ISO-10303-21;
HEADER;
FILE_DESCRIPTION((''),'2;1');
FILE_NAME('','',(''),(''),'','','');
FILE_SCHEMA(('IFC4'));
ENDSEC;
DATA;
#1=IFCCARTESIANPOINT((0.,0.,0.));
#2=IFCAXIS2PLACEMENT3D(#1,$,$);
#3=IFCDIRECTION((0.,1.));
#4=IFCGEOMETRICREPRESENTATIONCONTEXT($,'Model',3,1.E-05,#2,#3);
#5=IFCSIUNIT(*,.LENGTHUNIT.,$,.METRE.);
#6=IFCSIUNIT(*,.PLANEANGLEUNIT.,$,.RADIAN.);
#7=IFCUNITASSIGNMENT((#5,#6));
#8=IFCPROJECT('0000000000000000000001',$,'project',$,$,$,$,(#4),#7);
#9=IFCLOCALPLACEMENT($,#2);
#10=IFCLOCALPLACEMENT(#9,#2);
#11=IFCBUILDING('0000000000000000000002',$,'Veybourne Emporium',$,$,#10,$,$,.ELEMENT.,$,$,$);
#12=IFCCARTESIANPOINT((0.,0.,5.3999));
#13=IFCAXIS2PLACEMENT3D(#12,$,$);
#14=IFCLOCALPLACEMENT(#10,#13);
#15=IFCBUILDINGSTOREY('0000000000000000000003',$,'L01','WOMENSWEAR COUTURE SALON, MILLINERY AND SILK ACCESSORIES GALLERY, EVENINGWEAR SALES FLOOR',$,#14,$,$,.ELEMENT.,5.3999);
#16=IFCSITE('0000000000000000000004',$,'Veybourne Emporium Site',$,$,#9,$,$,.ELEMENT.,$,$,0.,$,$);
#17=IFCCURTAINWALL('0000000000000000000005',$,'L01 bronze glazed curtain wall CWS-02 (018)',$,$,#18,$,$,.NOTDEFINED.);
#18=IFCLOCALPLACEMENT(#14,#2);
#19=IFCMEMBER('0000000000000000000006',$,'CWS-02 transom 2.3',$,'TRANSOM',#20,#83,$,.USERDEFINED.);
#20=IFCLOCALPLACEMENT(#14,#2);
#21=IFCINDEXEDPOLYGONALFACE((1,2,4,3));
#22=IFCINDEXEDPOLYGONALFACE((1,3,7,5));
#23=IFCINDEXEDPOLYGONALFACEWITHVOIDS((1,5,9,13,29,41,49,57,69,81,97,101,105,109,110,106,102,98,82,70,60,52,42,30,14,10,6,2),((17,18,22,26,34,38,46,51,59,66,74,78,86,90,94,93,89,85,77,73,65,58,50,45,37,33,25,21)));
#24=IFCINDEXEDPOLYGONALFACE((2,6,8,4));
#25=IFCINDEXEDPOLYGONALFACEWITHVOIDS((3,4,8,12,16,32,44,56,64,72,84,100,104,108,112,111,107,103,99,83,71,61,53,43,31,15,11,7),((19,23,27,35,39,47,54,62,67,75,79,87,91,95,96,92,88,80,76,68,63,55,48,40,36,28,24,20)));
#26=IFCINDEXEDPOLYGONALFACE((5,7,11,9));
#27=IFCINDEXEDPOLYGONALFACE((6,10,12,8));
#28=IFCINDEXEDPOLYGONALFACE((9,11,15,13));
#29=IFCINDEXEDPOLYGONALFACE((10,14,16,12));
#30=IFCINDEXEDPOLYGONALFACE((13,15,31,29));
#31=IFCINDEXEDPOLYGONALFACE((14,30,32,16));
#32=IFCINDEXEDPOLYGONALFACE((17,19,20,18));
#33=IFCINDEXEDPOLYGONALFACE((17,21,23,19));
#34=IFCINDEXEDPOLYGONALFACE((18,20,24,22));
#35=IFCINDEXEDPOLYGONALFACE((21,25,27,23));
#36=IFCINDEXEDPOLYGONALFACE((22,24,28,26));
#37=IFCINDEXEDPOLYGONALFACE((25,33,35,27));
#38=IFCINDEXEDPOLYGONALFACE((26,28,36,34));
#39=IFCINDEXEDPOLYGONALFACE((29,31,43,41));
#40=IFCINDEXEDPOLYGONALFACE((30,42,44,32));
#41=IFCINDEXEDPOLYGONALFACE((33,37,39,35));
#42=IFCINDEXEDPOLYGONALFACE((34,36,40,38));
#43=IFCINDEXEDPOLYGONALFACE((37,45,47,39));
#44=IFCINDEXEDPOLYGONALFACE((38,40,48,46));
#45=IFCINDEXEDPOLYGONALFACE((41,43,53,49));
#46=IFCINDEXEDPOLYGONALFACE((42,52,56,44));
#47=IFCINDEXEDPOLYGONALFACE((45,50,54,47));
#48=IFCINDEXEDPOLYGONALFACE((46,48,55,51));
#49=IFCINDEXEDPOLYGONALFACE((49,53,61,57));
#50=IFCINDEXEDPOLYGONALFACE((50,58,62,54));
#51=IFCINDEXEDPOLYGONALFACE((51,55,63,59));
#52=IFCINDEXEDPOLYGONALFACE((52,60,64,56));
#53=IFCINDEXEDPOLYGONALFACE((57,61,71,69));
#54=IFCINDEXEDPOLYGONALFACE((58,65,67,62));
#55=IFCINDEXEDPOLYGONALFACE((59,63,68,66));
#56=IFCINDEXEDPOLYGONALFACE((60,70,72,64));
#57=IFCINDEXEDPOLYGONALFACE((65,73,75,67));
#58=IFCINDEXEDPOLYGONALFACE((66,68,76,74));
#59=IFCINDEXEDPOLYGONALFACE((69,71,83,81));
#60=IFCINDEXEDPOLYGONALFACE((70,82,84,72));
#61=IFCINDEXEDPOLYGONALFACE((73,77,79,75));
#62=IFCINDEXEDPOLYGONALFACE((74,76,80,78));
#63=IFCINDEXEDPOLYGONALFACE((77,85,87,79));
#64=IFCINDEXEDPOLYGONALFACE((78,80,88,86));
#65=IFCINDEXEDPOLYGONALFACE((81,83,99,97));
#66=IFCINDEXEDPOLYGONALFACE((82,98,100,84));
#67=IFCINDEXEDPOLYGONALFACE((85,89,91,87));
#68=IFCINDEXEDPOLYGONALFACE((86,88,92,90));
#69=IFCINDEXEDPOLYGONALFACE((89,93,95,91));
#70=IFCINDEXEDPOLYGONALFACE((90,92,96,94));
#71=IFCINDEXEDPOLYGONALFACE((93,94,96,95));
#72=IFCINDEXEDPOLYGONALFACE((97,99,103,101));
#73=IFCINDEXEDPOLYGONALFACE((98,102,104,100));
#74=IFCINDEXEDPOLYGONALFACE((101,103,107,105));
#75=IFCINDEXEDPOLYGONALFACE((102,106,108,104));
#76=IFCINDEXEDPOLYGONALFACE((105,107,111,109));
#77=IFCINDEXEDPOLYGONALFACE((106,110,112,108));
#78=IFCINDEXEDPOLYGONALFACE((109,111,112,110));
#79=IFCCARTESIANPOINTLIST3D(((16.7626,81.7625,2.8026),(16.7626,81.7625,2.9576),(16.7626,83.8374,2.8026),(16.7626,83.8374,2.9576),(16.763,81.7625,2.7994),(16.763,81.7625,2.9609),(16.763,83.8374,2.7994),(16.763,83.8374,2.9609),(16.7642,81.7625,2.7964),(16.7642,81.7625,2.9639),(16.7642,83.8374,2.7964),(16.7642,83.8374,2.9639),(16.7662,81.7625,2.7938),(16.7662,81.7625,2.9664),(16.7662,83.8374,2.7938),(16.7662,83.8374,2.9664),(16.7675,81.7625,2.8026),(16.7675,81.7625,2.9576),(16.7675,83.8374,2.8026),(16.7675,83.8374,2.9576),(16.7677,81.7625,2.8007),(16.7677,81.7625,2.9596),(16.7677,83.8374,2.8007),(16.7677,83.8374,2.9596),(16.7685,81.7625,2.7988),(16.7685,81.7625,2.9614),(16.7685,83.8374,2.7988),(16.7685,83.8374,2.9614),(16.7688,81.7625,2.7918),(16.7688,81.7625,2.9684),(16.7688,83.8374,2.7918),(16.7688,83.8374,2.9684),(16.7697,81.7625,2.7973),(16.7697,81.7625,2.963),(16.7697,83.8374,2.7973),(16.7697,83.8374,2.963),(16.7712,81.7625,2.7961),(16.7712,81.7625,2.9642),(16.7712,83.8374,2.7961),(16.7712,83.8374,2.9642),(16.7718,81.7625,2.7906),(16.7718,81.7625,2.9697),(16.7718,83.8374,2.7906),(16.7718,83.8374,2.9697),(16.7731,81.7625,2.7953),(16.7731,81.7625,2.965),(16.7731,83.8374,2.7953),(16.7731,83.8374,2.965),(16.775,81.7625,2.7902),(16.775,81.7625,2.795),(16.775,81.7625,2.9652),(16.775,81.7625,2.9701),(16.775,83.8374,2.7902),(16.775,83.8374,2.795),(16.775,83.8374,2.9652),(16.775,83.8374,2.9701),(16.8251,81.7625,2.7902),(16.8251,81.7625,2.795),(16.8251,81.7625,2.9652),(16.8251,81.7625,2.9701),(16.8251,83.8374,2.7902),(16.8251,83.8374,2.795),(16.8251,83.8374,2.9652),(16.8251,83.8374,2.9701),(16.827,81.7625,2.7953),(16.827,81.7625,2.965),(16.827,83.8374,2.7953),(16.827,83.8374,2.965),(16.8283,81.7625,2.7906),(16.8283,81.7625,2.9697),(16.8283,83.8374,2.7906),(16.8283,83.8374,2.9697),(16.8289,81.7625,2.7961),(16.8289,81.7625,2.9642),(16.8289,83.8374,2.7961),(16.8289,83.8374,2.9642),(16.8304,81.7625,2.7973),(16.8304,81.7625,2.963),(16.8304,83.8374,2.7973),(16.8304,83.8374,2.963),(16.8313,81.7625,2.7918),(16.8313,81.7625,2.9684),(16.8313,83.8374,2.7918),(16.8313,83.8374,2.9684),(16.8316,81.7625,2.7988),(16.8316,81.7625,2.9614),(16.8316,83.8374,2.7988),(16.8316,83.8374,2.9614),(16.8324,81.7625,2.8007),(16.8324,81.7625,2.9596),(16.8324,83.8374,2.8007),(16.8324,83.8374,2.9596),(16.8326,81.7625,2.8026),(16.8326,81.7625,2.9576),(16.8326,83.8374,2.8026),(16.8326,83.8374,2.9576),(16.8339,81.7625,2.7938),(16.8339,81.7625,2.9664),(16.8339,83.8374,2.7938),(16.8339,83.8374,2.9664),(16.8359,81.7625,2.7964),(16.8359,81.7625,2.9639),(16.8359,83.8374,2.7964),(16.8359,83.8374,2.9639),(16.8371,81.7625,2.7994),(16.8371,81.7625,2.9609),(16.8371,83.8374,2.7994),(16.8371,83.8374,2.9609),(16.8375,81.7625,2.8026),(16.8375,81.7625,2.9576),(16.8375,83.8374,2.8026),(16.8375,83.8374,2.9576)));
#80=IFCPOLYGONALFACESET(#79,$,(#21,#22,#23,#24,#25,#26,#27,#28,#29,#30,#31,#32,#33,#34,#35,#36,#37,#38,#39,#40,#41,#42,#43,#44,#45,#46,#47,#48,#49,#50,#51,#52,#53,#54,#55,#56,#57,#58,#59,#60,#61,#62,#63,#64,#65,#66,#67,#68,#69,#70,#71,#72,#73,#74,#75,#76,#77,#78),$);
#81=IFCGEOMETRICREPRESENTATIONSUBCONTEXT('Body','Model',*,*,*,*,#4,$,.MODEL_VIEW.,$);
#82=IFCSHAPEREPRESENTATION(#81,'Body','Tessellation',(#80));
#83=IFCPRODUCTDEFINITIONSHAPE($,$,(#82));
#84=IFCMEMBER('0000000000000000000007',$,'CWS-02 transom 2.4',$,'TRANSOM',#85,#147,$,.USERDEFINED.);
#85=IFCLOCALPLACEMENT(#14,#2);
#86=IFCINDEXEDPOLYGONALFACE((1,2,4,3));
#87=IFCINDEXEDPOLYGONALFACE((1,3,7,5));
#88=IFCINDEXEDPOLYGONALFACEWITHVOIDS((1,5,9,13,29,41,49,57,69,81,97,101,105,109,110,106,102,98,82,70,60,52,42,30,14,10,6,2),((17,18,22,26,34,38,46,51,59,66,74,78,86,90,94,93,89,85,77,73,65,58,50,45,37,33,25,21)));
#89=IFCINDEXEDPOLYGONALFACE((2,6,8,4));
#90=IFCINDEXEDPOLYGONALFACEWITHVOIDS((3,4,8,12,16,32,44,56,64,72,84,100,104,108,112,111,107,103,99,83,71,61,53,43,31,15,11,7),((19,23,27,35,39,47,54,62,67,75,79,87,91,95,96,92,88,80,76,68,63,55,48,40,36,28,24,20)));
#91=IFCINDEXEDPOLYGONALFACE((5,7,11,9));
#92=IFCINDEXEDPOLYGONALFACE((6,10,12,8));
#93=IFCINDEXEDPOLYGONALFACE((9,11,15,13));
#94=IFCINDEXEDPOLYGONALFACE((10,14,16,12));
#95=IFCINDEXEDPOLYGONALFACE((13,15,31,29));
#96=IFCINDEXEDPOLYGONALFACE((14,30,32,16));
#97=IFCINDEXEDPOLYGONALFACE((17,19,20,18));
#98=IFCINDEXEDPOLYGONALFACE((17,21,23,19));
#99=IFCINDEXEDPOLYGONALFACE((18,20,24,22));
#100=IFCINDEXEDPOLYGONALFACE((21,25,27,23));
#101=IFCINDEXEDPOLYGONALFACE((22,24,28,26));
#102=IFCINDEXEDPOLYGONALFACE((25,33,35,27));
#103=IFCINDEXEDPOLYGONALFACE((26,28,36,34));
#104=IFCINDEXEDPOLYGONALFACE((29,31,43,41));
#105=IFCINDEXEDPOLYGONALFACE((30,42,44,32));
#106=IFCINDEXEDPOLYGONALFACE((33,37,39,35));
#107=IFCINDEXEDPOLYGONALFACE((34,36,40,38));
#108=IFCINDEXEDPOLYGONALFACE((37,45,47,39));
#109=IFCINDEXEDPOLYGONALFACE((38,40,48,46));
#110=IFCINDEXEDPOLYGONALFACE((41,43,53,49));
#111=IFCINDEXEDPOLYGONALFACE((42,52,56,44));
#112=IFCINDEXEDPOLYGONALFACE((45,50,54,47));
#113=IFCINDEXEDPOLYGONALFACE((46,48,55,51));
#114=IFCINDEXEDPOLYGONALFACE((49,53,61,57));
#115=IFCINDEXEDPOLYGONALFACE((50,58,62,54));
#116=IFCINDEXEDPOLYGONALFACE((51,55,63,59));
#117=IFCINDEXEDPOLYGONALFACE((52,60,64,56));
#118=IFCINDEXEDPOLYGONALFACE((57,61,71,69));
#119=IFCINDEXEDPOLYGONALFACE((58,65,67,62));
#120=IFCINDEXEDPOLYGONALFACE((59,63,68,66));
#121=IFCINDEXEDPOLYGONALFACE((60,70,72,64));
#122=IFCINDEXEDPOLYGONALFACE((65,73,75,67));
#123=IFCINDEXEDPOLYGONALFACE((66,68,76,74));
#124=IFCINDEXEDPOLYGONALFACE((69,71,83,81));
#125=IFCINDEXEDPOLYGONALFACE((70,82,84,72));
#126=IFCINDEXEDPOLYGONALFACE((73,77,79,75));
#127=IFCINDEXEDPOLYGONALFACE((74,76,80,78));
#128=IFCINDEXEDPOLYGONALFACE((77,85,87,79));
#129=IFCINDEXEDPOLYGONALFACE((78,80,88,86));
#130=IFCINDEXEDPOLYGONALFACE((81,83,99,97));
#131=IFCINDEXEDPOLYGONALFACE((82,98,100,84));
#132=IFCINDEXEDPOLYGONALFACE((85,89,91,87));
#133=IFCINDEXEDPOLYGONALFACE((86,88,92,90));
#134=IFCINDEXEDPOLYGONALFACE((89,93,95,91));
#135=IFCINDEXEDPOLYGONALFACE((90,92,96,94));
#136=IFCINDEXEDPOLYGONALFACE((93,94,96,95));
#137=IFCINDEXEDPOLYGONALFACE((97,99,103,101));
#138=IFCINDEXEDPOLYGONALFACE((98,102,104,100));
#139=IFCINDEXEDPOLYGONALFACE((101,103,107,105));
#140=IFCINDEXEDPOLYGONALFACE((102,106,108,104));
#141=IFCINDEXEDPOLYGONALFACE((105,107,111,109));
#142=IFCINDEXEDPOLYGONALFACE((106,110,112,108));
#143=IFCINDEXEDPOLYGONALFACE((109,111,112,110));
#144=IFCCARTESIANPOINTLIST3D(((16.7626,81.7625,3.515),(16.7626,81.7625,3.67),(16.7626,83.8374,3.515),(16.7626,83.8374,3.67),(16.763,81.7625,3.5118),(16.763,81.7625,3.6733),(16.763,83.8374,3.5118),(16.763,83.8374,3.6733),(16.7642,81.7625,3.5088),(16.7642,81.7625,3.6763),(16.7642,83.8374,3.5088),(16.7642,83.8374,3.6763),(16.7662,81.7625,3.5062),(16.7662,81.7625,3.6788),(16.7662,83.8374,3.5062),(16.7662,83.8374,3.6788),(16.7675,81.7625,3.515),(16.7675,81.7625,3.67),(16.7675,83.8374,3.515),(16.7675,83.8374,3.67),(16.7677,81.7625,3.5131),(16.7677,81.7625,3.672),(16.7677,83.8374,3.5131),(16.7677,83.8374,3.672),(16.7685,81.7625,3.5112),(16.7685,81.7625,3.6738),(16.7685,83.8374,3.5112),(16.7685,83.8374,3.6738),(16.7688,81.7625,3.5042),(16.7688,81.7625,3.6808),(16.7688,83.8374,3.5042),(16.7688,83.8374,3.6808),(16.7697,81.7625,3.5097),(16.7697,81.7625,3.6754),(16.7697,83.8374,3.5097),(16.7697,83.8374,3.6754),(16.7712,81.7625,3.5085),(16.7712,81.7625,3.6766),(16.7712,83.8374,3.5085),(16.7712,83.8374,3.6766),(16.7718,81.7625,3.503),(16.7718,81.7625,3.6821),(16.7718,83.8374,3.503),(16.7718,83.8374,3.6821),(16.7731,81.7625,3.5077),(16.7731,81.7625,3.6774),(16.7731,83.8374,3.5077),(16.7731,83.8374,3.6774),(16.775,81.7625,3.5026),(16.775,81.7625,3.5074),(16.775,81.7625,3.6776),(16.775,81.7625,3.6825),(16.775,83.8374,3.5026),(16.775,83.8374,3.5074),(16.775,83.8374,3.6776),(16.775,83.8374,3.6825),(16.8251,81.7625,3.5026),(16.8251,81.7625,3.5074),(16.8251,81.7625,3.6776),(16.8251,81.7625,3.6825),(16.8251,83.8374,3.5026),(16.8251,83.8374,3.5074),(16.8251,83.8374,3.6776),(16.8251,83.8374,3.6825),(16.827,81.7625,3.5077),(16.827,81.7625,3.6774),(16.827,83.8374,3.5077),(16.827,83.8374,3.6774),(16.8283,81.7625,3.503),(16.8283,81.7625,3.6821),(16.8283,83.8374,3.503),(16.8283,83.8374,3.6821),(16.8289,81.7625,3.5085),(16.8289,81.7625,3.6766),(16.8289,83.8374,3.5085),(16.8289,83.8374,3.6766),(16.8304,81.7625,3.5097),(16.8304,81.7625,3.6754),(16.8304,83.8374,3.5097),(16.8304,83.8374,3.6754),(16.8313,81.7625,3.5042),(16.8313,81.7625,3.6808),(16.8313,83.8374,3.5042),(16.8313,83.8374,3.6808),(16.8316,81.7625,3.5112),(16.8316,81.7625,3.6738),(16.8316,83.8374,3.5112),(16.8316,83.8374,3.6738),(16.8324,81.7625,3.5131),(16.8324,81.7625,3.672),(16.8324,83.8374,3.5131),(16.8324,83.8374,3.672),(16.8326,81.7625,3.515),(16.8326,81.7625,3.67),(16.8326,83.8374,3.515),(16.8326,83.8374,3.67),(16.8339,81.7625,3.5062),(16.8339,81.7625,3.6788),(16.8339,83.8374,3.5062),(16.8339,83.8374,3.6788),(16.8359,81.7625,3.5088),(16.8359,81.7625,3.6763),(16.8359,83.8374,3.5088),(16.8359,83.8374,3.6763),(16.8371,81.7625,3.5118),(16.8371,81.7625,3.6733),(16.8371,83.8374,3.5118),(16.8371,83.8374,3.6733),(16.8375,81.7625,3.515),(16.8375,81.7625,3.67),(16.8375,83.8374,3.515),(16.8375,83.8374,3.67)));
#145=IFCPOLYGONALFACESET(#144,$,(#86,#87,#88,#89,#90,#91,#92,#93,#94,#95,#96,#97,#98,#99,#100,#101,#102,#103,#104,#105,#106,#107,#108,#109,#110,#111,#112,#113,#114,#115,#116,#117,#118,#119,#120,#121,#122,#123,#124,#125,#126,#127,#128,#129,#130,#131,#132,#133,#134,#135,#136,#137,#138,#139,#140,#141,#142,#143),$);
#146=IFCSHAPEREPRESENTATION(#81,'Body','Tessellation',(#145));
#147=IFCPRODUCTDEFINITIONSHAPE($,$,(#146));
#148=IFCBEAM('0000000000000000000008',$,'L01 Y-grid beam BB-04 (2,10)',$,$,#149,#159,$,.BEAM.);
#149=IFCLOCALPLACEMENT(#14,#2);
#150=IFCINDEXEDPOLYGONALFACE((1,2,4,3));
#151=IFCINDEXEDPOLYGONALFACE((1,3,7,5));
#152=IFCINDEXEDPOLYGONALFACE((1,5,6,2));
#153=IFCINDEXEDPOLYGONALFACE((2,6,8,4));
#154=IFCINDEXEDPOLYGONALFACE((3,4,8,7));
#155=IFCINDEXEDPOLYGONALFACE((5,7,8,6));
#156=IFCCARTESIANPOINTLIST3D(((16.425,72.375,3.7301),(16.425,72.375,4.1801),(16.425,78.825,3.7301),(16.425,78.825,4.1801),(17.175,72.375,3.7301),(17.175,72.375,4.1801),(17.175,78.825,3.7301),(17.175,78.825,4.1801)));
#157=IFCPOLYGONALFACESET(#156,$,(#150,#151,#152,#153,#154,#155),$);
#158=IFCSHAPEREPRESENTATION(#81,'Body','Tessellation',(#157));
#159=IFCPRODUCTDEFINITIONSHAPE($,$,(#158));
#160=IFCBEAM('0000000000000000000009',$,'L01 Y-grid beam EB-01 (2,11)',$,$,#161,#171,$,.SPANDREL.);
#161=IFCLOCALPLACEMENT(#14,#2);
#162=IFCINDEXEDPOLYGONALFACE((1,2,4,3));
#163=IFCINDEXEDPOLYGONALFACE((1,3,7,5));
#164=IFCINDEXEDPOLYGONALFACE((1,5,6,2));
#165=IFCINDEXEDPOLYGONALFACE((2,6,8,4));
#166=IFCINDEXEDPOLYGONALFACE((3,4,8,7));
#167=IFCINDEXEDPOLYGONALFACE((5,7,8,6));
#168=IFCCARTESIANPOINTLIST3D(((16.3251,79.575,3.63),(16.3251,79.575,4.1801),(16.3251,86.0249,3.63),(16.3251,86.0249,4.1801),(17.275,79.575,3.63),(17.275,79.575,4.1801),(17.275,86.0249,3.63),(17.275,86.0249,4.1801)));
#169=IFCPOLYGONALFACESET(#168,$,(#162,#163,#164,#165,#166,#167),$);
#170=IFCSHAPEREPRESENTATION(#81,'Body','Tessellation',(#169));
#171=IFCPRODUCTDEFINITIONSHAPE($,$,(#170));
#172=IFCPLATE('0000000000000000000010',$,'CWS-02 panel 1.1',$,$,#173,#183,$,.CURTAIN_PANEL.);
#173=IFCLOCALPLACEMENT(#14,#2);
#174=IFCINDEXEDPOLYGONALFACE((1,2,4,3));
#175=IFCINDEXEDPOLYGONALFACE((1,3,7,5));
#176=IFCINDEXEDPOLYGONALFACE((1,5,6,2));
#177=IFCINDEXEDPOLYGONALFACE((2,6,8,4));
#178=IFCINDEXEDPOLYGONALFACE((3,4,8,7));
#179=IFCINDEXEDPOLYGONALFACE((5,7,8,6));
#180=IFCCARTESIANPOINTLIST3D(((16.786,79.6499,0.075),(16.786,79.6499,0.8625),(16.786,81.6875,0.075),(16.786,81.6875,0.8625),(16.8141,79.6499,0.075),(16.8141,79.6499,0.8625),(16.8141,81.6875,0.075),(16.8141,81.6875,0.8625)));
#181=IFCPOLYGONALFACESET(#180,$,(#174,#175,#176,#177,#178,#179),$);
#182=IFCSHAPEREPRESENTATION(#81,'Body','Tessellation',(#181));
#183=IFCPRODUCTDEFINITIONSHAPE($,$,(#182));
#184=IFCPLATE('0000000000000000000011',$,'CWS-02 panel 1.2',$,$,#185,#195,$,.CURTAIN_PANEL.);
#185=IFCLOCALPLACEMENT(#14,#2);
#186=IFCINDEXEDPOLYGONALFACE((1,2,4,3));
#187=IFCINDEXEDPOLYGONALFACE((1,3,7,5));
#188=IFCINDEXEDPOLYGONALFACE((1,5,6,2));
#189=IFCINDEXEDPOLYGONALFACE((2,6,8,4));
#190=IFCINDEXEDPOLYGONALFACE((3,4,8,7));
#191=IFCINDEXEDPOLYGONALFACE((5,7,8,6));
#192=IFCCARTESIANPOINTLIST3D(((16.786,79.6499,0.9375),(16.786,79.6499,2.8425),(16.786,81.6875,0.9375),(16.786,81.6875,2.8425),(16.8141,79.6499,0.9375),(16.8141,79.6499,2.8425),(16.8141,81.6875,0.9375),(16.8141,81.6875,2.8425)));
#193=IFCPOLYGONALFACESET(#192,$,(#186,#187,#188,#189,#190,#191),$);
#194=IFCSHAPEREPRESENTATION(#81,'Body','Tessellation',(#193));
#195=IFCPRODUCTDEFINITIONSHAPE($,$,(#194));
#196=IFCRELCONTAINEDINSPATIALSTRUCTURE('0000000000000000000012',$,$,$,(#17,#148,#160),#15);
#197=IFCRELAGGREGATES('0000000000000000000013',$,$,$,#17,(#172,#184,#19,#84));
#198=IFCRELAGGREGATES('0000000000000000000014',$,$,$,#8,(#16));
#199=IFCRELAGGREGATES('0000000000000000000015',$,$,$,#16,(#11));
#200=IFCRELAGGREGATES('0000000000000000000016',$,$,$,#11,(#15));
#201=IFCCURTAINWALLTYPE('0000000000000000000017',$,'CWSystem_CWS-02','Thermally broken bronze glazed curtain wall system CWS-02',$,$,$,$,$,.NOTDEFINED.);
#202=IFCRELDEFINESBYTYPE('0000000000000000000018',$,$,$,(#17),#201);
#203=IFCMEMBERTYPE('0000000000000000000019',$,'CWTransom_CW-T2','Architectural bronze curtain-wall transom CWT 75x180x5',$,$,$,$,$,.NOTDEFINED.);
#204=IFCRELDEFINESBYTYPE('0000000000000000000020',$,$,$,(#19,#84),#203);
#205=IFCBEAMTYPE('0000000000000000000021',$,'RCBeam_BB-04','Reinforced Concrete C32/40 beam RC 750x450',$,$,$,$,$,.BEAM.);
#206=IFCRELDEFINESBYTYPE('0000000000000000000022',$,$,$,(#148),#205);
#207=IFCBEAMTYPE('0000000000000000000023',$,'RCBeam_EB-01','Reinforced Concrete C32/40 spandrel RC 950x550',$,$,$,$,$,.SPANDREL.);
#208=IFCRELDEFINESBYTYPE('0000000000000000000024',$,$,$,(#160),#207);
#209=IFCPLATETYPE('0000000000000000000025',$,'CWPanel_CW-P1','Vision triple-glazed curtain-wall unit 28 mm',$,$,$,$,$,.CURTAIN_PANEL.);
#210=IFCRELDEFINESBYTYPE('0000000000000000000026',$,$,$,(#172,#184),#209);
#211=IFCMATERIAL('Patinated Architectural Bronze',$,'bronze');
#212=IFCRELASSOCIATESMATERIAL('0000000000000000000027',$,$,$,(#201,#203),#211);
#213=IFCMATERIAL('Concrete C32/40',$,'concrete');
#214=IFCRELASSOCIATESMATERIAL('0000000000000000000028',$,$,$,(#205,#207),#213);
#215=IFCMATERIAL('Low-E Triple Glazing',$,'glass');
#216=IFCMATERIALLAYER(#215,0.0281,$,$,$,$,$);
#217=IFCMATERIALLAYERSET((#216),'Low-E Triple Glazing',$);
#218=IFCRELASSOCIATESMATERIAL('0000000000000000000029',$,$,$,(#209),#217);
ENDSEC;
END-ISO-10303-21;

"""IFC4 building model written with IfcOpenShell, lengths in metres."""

from ifc_helpers import new_model, si_unit, direction, frame, origin, origin_2d, place, context, subcontext, project, spatial, rectangle, hollow_rectangle, extrude, material, layer, layer_set, material_profile, profile_set, type_object, element, aggregate, save


model = new_model("IFC4")

# Units and contexts
model_context = context("Model", 3, precision=1e-05, world=origin(), true_north=direction((0.0, 1.0)))
body_context = subcontext(model_context, "Body", "Model", "MODEL_VIEW")
ifc_project = project(units=[si_unit("LENGTHUNIT", "METRE"), si_unit("PLANEANGLEUNIT", "RADIAN")], contexts=[model_context])

# Site, building, storey
site_placement = place(None, origin())
site = spatial("IfcSite", under=ifc_project, at=site_placement, Name="Veybourne Emporium Site", CompositionType="ELEMENT", RefElevation=0.0)
building_placement = place(site_placement, origin())
building = spatial("IfcBuilding", under=site, at=building_placement, Name="Veybourne Emporium", CompositionType="ELEMENT")
storey_placement = place(building_placement, frame((0.0, 0.0, 5.3999)))
storey = spatial("IfcBuildingStorey", under=building, at=storey_placement, Name="L01", Description="WOMENSWEAR COUTURE SALON, MILLINERY AND SILK ACCESSORIES GALLERY, EVENINGWEAR SALES FLOOR", CompositionType="ELEMENT", Elevation=5.3999)

# Curtain wall, members
ifc_material_1 = material(Name="Patinated Architectural Bronze", Category="bronze")
curtain_wall_type = type_object("IfcCurtainWallType", Name="CWSystem_CWS-02", Description="Thermally broken bronze glazed curtain wall system CWS-02", PredefinedType="NOTDEFINED", material=ifc_material_1)
curtain_wall_placement = place(storey_placement, origin())
curtain_wall = element("IfcCurtainWall", 1, at=curtain_wall_placement, inside=storey, type_object=curtain_wall_type, Name="L01 bronze glazed curtain wall CWS-02 (018)", PredefinedType="NOTDEFINED")
ifc_material_profile_1 = material_profile(ifc_material_1, hollow_rectangle(XDim=0.075, YDim=0.1799, WallThickness=0.0049, InnerFilletRadius=0.0076, OuterFilletRadius=0.0125, at=origin_2d()), Name="CWT 75x180x5")
ifc_profile_set_1 = profile_set([ifc_material_profile_1], Name="Patinated Architectural Bronze")
member_type_1 = type_object("IfcMemberType", Name="CWTransom_CW-T2", Description="Architectural bronze curtain-wall transom CWT 75x180x5", PredefinedType="NOTDEFINED", material=ifc_profile_set_1)
member_1_placement = place(storey_placement, frame((16.8, 81.7625, 2.8801), z_axis=(0.0, 1.0, 0.0), x_axis=(-1.0, 0.0, 0.0)))
member_1 = element("IfcMember", 2, at=member_1_placement, type_object=member_type_1, Name="CWS-02 transom 2.3", ObjectType="TRANSOM", PredefinedType="USERDEFINED", context=body_context, shape_type="SweptSolid", body=[
    extrude(hollow_rectangle(XDim=0.075, YDim=0.1799, WallThickness=0.0049, InnerFilletRadius=0.0076, OuterFilletRadius=0.0125, at=origin_2d()), origin(), (0.0, 0.0, 1.0), 2.075),
])
member_2_placement = place(storey_placement, frame((16.8, 81.7625, 3.5925), z_axis=(0.0, 1.0, 0.0), x_axis=(-1.0, 0.0, 0.0)))
member_2 = element("IfcMember", 3, at=member_2_placement, type_object=member_type_1, Name="CWS-02 transom 2.4", ObjectType="TRANSOM", PredefinedType="USERDEFINED", context=body_context, shape_type="SweptSolid", body=[
    extrude(hollow_rectangle(XDim=0.075, YDim=0.1799, WallThickness=0.0049, InnerFilletRadius=0.0076, OuterFilletRadius=0.0125, at=origin_2d()), origin(), (0.0, 0.0, 1.0), 2.075),
])

# Beams
ifc_material_2 = material(Name="Concrete C32/40", Category="concrete")
ifc_material_profile_2 = material_profile(ifc_material_2, rectangle(XDim=0.75, YDim=0.45, at=origin_2d()), Name="RC 750x450")
ifc_profile_set_2 = profile_set([ifc_material_profile_2], Name="Concrete C32/40")
beam_type_1 = type_object("IfcBeamType", Name="RCBeam_BB-04", Description="Reinforced Concrete C32/40 beam RC 750x450", PredefinedType="BEAM", material=ifc_profile_set_2)
beam_1_placement = place(storey_placement, frame((16.8, 72.375, 3.9551), z_axis=(0.0, 1.0, 0.0), x_axis=(-1.0, 0.0, 0.0)))
element("IfcBeam", 4, at=beam_1_placement, inside=storey, type_object=beam_type_1, Name="L01 Y-grid beam BB-04 (2,10)", PredefinedType="BEAM", context=body_context, shape_type="SweptSolid", body=[
    extrude(rectangle(XDim=0.75, YDim=0.45, at=origin_2d()), origin(), (0.0, 0.0, 1.0), 6.45),
])
ifc_material_profile_3 = material_profile(ifc_material_2, rectangle(XDim=0.95, YDim=0.55, at=origin_2d()), Name="RC 950x550")
ifc_profile_set_3 = profile_set([ifc_material_profile_3], Name="Concrete C32/40")
beam_type_2 = type_object("IfcBeamType", Name="RCBeam_EB-01", Description="Reinforced Concrete C32/40 spandrel RC 950x550", PredefinedType="SPANDREL", material=ifc_profile_set_3)
beam_2_placement = place(storey_placement, frame((16.8, 79.575, 3.905), z_axis=(0.0, 1.0, 0.0), x_axis=(-1.0, 0.0, 0.0)))
element("IfcBeam", 5, at=beam_2_placement, inside=storey, type_object=beam_type_2, Name="L01 Y-grid beam EB-01 (2,11)", PredefinedType="SPANDREL", context=body_context, shape_type="SweptSolid", body=[
    extrude(rectangle(XDim=0.95, YDim=0.55, at=origin_2d()), origin(), (0.0, 0.0, 1.0), 6.45),
])

# Plates
ifc_material_3 = material(Name="Low-E Triple Glazing", Category="glass")
ifc_layer_1 = layer(ifc_material_3, 0.0281)
ifc_layer_set_1 = layer_set([ifc_layer_1], Name="Low-E Triple Glazing")
plate_type = type_object("IfcPlateType", Name="CWPanel_CW-P1", Description="Vision triple-glazed curtain-wall unit 28 mm", PredefinedType="CURTAIN_PANEL", material=ifc_layer_set_1)
plate_1_placement = place(storey_placement, frame((16.8, 80.6687, 0.075), z_axis=(0.0, 0.0, 1.0), x_axis=(0.0, 1.0, 0.0)))
plate_1 = element("IfcPlate", 6, at=plate_1_placement, type_object=plate_type, Name="CWS-02 panel 1.1", PredefinedType="CURTAIN_PANEL", context=body_context, shape_type="SweptSolid", body=[
    extrude(rectangle(XDim=2.0376, YDim=0.0281, at=origin_2d()), origin(), (0.0, 0.0, 1.0), 0.7876),
])
plate_2_placement = place(storey_placement, frame((16.8, 80.6687, 0.9375), z_axis=(0.0, 0.0, 1.0), x_axis=(0.0, 1.0, 0.0)))
plate_2 = element("IfcPlate", 7, at=plate_2_placement, type_object=plate_type, Name="CWS-02 panel 1.2", PredefinedType="CURTAIN_PANEL", context=body_context, shape_type="SweptSolid", body=[
    extrude(rectangle(XDim=2.0376, YDim=0.0281, at=origin_2d()), origin(), (0.0, 0.0, 1.0), 1.905),
])
aggregate(curtain_wall, [plate_1, plate_2, member_1, member_2])

save(model, "model.ifc")
